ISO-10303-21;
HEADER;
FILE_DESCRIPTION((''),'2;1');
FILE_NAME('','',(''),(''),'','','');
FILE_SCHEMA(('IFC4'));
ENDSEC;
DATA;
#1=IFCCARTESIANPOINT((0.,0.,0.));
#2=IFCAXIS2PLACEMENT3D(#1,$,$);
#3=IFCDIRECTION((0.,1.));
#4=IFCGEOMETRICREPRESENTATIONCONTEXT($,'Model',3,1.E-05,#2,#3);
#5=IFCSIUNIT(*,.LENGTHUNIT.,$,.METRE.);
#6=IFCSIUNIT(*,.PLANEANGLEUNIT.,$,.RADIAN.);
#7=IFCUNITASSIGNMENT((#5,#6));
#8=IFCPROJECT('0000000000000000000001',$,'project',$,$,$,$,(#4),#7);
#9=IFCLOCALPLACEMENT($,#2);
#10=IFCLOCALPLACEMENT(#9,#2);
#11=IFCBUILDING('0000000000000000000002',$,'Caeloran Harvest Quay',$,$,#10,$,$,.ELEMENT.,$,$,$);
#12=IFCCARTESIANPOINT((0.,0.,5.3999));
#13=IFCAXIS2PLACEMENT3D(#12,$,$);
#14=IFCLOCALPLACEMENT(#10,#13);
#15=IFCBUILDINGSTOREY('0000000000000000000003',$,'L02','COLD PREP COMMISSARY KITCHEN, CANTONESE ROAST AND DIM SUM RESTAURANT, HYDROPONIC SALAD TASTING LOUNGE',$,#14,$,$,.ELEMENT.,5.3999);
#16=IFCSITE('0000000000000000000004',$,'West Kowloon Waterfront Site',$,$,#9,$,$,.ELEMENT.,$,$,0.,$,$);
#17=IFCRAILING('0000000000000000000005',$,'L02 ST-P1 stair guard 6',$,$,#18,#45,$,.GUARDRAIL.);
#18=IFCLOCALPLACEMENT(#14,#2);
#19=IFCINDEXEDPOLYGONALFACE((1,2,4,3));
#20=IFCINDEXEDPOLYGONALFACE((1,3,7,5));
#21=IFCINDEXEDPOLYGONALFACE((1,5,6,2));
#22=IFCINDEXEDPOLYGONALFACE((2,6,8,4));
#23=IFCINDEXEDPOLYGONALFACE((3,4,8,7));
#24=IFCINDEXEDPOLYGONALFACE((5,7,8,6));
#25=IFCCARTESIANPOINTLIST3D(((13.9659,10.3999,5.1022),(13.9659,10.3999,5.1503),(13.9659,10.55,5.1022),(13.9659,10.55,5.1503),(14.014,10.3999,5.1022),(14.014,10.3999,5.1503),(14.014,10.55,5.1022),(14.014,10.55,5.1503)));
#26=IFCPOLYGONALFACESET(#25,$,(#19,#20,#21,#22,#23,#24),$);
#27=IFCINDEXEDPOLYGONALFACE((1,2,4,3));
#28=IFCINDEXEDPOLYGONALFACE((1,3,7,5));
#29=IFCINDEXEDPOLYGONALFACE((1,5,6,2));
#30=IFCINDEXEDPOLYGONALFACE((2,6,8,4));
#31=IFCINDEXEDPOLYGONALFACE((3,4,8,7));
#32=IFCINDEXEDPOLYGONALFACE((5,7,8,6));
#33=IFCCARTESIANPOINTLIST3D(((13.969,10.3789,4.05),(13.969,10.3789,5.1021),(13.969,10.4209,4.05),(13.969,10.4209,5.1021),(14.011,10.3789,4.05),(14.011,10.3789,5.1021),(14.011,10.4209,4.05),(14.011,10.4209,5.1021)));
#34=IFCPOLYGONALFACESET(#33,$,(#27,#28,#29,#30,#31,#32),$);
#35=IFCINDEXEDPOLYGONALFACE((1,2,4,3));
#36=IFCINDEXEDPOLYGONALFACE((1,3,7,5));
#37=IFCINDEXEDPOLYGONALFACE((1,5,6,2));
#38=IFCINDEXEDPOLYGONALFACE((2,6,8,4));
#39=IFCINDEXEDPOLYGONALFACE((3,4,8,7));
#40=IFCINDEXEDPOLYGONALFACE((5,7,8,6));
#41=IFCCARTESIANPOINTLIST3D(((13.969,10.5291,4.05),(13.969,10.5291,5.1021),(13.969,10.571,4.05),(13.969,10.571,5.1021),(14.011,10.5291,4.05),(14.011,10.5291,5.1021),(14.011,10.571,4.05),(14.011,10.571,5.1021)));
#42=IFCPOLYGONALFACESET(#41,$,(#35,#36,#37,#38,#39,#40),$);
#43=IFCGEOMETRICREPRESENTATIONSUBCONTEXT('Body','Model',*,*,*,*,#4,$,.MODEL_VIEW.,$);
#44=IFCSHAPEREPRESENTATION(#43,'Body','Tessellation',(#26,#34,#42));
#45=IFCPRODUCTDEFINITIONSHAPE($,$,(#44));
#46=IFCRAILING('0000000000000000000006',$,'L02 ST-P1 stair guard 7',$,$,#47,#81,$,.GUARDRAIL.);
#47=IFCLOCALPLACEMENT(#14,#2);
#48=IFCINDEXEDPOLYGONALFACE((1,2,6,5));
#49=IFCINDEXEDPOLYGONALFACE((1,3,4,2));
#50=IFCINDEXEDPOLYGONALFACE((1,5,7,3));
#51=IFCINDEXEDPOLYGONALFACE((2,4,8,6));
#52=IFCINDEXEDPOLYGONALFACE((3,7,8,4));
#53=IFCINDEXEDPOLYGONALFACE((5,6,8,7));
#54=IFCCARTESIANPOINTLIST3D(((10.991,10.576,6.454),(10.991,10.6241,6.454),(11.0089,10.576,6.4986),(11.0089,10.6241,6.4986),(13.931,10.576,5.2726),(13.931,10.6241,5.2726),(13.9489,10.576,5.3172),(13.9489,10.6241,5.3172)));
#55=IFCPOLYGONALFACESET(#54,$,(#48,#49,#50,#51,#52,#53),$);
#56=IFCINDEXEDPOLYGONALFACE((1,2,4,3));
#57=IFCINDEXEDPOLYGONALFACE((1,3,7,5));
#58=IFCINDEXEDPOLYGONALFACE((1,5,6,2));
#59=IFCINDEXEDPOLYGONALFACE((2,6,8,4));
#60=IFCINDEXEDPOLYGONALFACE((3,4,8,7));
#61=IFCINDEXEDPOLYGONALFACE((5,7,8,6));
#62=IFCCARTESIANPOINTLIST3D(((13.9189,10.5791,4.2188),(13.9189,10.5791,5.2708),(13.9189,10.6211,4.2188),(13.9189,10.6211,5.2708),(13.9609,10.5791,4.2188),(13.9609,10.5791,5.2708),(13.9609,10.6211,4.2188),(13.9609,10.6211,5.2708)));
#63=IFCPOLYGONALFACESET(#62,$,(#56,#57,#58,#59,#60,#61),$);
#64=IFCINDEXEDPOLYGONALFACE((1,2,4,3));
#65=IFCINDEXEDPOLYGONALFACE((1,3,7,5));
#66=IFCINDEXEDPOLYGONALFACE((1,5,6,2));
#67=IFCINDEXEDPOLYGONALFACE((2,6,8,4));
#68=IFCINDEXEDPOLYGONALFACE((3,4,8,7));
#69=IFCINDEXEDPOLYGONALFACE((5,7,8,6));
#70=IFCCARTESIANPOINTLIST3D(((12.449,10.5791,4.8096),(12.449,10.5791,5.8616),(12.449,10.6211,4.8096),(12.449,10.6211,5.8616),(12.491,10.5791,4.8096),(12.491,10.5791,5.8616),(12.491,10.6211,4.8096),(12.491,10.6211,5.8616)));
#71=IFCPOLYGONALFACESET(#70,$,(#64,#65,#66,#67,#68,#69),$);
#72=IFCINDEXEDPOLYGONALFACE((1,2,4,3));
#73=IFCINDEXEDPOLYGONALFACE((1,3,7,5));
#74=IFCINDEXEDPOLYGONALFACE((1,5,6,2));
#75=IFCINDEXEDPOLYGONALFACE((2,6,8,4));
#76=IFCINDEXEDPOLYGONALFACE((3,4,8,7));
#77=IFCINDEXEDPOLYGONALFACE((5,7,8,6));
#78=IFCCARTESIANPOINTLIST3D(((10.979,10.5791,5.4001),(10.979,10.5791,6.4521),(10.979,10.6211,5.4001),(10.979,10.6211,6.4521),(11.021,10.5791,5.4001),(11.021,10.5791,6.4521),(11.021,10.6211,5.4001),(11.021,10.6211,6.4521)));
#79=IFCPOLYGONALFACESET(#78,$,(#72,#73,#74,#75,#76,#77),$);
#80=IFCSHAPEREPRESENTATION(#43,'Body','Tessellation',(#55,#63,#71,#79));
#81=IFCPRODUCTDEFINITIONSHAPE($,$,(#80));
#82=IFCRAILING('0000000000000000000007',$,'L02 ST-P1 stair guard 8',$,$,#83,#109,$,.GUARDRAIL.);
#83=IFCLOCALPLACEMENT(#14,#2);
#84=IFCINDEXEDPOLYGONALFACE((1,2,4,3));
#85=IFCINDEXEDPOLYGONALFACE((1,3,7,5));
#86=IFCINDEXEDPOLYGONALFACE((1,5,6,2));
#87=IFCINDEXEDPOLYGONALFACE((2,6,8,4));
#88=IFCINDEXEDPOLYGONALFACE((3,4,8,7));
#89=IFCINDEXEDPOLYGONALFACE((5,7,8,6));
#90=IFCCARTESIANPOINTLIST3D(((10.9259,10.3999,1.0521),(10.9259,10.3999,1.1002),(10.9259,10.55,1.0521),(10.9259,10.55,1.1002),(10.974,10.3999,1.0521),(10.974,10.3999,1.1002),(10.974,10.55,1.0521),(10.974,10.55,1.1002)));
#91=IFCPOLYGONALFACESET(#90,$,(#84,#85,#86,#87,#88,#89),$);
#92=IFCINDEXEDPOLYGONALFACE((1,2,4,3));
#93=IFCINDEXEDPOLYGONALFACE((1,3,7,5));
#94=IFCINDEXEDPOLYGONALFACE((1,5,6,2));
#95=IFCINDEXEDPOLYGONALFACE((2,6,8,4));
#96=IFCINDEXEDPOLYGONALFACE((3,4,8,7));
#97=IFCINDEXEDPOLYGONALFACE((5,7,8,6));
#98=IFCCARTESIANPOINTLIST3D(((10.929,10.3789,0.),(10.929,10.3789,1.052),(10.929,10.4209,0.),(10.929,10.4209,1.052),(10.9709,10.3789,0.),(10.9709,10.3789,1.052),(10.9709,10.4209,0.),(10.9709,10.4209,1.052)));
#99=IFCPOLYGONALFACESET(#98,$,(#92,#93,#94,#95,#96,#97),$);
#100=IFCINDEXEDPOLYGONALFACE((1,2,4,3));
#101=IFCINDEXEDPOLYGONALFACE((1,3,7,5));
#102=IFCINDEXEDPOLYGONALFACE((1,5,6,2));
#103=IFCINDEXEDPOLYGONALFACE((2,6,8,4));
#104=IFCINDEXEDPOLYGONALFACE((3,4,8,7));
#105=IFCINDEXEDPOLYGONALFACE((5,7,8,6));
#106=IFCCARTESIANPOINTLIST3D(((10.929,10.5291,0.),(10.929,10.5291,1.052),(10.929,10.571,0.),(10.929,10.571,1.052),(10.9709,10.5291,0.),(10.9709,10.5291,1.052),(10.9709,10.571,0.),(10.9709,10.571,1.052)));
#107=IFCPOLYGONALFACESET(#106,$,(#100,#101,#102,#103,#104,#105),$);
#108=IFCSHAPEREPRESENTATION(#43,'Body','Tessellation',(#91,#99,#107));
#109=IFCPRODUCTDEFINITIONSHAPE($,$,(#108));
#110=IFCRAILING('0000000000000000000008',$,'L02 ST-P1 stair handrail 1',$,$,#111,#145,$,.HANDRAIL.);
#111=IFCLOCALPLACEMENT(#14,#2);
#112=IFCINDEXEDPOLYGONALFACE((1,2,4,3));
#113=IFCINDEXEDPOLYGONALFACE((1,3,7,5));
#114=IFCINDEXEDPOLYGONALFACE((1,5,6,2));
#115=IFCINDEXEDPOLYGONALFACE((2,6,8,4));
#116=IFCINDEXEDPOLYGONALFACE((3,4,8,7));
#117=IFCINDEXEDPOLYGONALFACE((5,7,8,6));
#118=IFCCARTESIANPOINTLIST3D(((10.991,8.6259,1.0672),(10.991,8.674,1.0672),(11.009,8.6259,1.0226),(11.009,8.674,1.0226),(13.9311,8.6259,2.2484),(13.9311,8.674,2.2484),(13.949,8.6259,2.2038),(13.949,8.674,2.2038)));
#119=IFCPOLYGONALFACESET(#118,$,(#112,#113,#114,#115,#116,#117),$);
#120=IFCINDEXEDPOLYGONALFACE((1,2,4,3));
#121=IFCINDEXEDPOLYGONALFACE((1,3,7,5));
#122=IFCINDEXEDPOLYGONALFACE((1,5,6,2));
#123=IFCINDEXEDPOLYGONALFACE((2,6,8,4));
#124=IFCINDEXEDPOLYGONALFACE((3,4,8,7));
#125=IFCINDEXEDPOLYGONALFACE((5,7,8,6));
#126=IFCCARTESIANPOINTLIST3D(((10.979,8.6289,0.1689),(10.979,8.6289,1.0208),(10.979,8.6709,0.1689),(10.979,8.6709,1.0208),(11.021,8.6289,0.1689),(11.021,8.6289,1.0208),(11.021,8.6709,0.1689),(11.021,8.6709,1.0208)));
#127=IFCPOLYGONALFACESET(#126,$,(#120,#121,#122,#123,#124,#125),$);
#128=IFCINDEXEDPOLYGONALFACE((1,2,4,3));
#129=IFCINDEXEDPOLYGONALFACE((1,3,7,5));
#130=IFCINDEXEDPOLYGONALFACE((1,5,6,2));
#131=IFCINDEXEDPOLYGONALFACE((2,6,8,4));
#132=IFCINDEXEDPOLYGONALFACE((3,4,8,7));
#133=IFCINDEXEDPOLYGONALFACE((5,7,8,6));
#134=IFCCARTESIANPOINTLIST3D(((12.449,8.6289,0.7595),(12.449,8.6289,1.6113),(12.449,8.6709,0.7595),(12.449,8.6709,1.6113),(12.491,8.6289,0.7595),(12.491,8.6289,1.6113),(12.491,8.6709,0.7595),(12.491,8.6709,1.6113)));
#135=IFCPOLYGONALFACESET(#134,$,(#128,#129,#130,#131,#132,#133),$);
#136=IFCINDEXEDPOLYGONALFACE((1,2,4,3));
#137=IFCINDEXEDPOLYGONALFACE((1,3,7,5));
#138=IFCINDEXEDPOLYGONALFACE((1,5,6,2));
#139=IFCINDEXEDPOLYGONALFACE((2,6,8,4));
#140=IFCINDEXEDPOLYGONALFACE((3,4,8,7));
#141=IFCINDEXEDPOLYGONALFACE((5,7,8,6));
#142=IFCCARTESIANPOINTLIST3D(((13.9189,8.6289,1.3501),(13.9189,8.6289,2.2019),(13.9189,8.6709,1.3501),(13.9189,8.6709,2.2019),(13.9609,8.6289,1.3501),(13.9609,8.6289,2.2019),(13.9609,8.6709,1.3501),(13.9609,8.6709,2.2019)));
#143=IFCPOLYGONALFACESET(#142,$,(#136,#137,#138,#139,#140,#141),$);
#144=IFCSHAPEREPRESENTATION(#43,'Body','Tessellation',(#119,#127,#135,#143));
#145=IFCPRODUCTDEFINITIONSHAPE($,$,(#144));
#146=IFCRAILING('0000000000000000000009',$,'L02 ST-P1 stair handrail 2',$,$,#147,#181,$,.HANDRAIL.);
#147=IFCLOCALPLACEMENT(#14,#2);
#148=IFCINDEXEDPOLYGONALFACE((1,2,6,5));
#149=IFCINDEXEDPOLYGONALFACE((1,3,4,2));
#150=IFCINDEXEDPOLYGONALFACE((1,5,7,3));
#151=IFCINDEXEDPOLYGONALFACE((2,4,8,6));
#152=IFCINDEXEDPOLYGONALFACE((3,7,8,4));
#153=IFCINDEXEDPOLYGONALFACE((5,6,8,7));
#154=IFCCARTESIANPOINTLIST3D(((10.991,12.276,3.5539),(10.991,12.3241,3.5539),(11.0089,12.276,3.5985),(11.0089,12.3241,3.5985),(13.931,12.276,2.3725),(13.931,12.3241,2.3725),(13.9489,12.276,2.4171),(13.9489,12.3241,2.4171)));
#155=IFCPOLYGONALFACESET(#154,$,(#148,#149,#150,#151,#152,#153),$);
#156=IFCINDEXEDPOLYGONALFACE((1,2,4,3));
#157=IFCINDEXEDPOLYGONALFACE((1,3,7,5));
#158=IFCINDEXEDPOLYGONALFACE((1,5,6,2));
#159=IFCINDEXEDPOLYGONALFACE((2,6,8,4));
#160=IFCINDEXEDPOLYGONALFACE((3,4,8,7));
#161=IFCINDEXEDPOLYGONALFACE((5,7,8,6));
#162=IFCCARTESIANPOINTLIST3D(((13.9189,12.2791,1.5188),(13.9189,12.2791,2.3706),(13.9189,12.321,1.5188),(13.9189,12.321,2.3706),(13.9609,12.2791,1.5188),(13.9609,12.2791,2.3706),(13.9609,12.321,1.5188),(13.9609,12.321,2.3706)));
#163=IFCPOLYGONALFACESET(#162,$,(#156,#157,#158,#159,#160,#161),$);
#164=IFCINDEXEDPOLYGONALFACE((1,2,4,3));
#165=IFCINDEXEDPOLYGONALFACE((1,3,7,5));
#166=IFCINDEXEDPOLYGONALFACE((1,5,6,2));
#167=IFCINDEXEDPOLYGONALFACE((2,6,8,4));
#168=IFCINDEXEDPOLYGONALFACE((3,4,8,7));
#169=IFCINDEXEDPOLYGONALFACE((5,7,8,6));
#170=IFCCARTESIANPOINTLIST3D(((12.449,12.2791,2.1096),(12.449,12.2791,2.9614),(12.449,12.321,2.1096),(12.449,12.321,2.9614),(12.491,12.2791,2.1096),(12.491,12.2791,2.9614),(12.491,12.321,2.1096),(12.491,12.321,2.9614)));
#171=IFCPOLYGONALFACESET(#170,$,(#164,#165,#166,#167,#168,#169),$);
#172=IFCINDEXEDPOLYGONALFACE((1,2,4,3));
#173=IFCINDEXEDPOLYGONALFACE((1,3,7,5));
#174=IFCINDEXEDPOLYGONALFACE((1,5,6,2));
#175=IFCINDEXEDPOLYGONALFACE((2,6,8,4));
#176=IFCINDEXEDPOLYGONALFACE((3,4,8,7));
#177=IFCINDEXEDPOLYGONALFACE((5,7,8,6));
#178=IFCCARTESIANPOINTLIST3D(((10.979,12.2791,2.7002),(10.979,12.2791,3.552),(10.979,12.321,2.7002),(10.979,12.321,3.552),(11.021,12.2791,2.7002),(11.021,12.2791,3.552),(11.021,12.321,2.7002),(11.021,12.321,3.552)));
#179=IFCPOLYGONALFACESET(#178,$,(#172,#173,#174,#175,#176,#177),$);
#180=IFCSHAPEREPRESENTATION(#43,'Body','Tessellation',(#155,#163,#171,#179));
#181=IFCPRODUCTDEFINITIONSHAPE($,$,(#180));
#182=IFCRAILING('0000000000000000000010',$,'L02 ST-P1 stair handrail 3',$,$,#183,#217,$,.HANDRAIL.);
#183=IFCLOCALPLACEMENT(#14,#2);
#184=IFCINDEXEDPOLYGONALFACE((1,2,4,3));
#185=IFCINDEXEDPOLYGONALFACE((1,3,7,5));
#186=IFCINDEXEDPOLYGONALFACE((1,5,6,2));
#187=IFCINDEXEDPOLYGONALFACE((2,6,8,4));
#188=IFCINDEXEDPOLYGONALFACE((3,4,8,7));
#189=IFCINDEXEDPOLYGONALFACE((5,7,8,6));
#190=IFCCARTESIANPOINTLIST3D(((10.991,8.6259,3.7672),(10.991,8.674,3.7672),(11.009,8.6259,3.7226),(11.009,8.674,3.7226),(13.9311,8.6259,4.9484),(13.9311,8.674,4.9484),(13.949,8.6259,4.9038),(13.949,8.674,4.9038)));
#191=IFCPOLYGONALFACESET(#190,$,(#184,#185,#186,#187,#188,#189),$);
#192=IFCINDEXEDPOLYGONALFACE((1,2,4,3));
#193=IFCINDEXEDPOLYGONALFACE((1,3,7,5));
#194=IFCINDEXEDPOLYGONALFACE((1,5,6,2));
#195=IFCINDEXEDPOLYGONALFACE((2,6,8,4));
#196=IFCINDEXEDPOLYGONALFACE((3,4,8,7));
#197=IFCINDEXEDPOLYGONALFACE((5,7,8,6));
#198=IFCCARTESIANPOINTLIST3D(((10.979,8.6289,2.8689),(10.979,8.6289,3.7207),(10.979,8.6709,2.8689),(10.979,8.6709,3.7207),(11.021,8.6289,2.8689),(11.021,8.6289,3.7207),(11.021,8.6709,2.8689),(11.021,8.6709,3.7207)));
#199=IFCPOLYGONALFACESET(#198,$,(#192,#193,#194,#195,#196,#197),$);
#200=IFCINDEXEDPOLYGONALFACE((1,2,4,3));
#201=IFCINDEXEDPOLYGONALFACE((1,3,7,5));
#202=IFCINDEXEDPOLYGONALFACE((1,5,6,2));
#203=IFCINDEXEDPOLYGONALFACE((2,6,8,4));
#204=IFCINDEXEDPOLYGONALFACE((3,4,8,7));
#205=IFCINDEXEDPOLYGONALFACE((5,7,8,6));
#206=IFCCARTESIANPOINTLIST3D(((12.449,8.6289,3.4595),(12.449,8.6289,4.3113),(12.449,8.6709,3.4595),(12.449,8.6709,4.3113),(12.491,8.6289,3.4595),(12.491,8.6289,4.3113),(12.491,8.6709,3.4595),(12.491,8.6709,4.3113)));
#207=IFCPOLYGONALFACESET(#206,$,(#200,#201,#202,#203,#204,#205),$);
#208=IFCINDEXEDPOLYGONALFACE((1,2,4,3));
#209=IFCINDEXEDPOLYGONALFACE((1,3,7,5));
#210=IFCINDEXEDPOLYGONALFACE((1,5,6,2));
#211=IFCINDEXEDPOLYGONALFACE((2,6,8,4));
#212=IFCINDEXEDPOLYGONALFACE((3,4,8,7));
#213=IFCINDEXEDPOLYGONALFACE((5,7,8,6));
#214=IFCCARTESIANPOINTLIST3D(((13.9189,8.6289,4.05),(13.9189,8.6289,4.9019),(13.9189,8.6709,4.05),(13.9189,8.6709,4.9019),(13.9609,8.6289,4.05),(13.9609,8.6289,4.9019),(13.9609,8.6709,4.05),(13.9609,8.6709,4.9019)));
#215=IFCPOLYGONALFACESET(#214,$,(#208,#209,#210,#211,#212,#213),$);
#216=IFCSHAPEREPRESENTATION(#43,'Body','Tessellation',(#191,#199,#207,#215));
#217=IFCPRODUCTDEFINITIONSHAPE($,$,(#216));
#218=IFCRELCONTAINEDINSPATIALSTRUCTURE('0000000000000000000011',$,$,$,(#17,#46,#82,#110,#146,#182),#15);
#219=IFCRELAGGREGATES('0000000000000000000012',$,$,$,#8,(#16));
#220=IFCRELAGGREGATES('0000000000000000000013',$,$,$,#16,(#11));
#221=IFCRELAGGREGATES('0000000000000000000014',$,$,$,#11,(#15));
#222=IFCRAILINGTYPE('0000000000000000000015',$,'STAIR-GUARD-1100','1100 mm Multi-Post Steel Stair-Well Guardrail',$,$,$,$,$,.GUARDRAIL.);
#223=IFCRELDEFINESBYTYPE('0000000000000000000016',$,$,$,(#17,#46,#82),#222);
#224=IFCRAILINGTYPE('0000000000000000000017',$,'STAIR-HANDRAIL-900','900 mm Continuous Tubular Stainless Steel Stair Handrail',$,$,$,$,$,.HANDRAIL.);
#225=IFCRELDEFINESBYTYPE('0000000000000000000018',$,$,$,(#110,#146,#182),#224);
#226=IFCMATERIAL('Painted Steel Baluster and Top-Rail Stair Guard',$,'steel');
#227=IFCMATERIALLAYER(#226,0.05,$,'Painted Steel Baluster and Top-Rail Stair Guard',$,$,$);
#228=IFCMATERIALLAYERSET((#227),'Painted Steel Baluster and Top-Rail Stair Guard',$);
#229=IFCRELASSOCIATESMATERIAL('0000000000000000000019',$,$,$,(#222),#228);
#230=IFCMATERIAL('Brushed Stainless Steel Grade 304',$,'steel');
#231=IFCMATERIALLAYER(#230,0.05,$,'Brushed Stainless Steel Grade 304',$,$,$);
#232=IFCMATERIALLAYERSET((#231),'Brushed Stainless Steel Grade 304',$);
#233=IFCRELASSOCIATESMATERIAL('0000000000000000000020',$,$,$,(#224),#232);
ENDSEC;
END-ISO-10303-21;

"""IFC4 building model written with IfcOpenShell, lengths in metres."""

from ifc_helpers import new_model, si_unit, direction, frame, origin, origin_2d, place, context, subcontext, project, spatial, rectangle, extrude, material, layer, layer_set, type_object, element, save


model = new_model("IFC4")

# Units and contexts
model_context = context("Model", 3, precision=1e-05, world=origin(), true_north=direction((0.0, 1.0)))
body_context = subcontext(model_context, "Body", "Model", "MODEL_VIEW")
ifc_project = project(units=[si_unit("LENGTHUNIT", "METRE"), si_unit("PLANEANGLEUNIT", "RADIAN")], contexts=[model_context])

# Site, building, storey
site_placement = place(None, origin())
site = spatial("IfcSite", under=ifc_project, at=site_placement, Name="West Kowloon Waterfront Site", CompositionType="ELEMENT", RefElevation=0.0)
building_placement = place(site_placement, origin())
building = spatial("IfcBuilding", under=site, at=building_placement, Name="Caeloran Harvest Quay", CompositionType="ELEMENT")
storey_placement = place(building_placement, frame((0.0, 0.0, 5.3999)))
storey = spatial("IfcBuildingStorey", under=building, at=storey_placement, Name="L02", Description="COLD PREP COMMISSARY KITCHEN, CANTONESE ROAST AND DIM SUM RESTAURANT, HYDROPONIC SALAD TASTING LOUNGE", CompositionType="ELEMENT", Elevation=5.3999)

# Railings
ifc_material_1 = material(Name="Painted Steel Baluster and Top-Rail Stair Guard", Category="steel")
ifc_layer_1 = layer(ifc_material_1, 0.05, Name="Painted Steel Baluster and Top-Rail Stair Guard")
ifc_layer_set_1 = layer_set([ifc_layer_1], Name="Painted Steel Baluster and Top-Rail Stair Guard")
railing_type_1 = type_object("IfcRailingType", Name="STAIR-GUARD-1100", Description="1100 mm Multi-Post Steel Stair-Well Guardrail", PredefinedType="GUARDRAIL", material=ifc_layer_set_1)
railing_1_placement = place(storey_placement, frame((13.99, 10.3999, 4.05)))
element("IfcRailing", 1, at=railing_1_placement, inside=storey, type_object=railing_type_1, Name="L02 ST-P1 stair guard 6", PredefinedType="GUARDRAIL", context=body_context, shape_type="SweptSolid", body=[
    extrude(rectangle(XDim=0.0481, YDim=0.0481, at=origin_2d()), frame((0.0, 0.0, 1.0762), z_axis=(0.0, 1.0, 0.0), x_axis=(-1.0, 0.0, 0.0)), (0.0, 0.0, 1.0), 0.1501),
    extrude(rectangle(XDim=0.042, YDim=0.042, at=origin_2d()), origin(), (0.0, 0.0, 1.0), 1.052),
    extrude(rectangle(XDim=0.042, YDim=0.042, at=origin_2d()), frame((0.0, 0.1501, 0.0)), (0.0, 0.0, 1.0), 1.052),
])
railing_2_placement = place(storey_placement, frame((13.9399, 10.6001, 4.2188)))
element("IfcRailing", 2, at=railing_2_placement, inside=storey, type_object=railing_type_1, Name="L02 ST-P1 stair guard 7", PredefinedType="GUARDRAIL", context=body_context, shape_type="SweptSolid", body=[
    extrude(rectangle(XDim=0.0481, YDim=0.0481, at=origin_2d()), frame((0.0, 0.0, 1.0762), z_axis=(-0.927886, 0.0, 0.372865), x_axis=(0.0, -1.0, 0.0)), (0.0, 0.0, 1.0), 3.1685),
    extrude(rectangle(XDim=0.042, YDim=0.042, at=origin_2d()), origin(), (0.0, 0.0, 1.0), 1.052),
    extrude(rectangle(XDim=0.042, YDim=0.042, at=origin_2d()), frame((-1.47, 0.0, 0.5908)), (0.0, 0.0, 1.0), 1.052),
    extrude(rectangle(XDim=0.042, YDim=0.042, at=origin_2d()), frame((-2.9399, 0.0, 1.1814)), (0.0, 0.0, 1.0), 1.052),
])
railing_3_placement = place(storey_placement, frame((10.95, 10.3999, 0.0)))
element("IfcRailing", 3, at=railing_3_placement, inside=storey, type_object=railing_type_1, Name="L02 ST-P1 stair guard 8", PredefinedType="GUARDRAIL", context=body_context, shape_type="SweptSolid", body=[
    extrude(rectangle(XDim=0.0481, YDim=0.0481, at=origin_2d()), frame((0.0, 0.0, 1.0762), z_axis=(0.0, 1.0, 0.0), x_axis=(-1.0, 0.0, 0.0)), (0.0, 0.0, 1.0), 0.1501),
    extrude(rectangle(XDim=0.042, YDim=0.042, at=origin_2d()), origin(), (0.0, 0.0, 1.0), 1.052),
    extrude(rectangle(XDim=0.042, YDim=0.042, at=origin_2d()), frame((0.0, 0.1501, 0.0)), (0.0, 0.0, 1.0), 1.052),
])
ifc_material_2 = material(Name="Brushed Stainless Steel Grade 304", Category="steel")
ifc_layer_2 = layer(ifc_material_2, 0.05, Name="Brushed Stainless Steel Grade 304")
ifc_layer_set_2 = layer_set([ifc_layer_2], Name="Brushed Stainless Steel Grade 304")
railing_type_2 = type_object("IfcRailingType", Name="STAIR-HANDRAIL-900", Description="900 mm Continuous Tubular Stainless Steel Stair Handrail", PredefinedType="HANDRAIL", material=ifc_layer_set_2)
railing_4_placement = place(storey_placement, frame((11.0, 8.6499, 0.1689)))
element("IfcRailing", 4, at=railing_4_placement, inside=storey, type_object=railing_type_2, Name="L02 ST-P1 stair handrail 1", PredefinedType="HANDRAIL", context=body_context, shape_type="SweptSolid", body=[
    extrude(rectangle(XDim=0.0481, YDim=0.0481, at=origin_2d()), frame((0.0, 0.0, 0.876), z_axis=(0.927912, 0.0, 0.372799), x_axis=(0.0, 1.0, 0.0)), (0.0, 0.0, 1.0), 3.1685),
    extrude(rectangle(XDim=0.042, YDim=0.042, at=origin_2d()), origin(), (0.0, 0.0, 1.0), 0.8518),
    extrude(rectangle(XDim=0.042, YDim=0.042, at=origin_2d()), frame((1.47, 0.0, 0.5906)), (0.0, 0.0, 1.0), 0.8518),
    extrude(rectangle(XDim=0.042, YDim=0.042, at=origin_2d()), frame((2.9399, 0.0, 1.1812)), (0.0, 0.0, 1.0), 0.8518),
])
railing_5_placement = place(storey_placement, frame((13.9399, 12.3, 1.5188)))
element("IfcRailing", 5, at=railing_5_placement, inside=storey, type_object=railing_type_2, Name="L02 ST-P1 stair handrail 2", PredefinedType="HANDRAIL", context=body_context, shape_type="SweptSolid", body=[
    extrude(rectangle(XDim=0.0481, YDim=0.0481, at=origin_2d()), frame((0.0, 0.0, 0.876), z_axis=(-0.927886, 0.0, 0.372865), x_axis=(0.0, -1.0, 0.0)), (0.0, 0.0, 1.0), 3.1685),
    extrude(rectangle(XDim=0.042, YDim=0.042, at=origin_2d()), origin(), (0.0, 0.0, 1.0), 0.8518),
    extrude(rectangle(XDim=0.042, YDim=0.042, at=origin_2d()), frame((-1.47, 0.0, 0.5908)), (0.0, 0.0, 1.0), 0.8518),
    extrude(rectangle(XDim=0.042, YDim=0.042, at=origin_2d()), frame((-2.9399, 0.0, 1.1814)), (0.0, 0.0, 1.0), 0.8518),
])
railing_6_placement = place(storey_placement, frame((11.0, 8.6499, 2.8689)))
element("IfcRailing", 6, at=railing_6_placement, inside=storey, type_object=railing_type_2, Name="L02 ST-P1 stair handrail 3", PredefinedType="HANDRAIL", context=body_context, shape_type="SweptSolid", body=[
    extrude(rectangle(XDim=0.0481, YDim=0.0481, at=origin_2d()), frame((0.0, 0.0, 0.876), z_axis=(0.927912, 0.0, 0.372799), x_axis=(0.0, 1.0, 0.0)), (0.0, 0.0, 1.0), 3.1685),
    extrude(rectangle(XDim=0.042, YDim=0.042, at=origin_2d()), origin(), (0.0, 0.0, 1.0), 0.8518),
    extrude(rectangle(XDim=0.042, YDim=0.042, at=origin_2d()), frame((1.47, 0.0, 0.5906)), (0.0, 0.0, 1.0), 0.8518),
    extrude(rectangle(XDim=0.042, YDim=0.042, at=origin_2d()), frame((2.9399, 0.0, 1.1812)), (0.0, 0.0, 1.0), 0.8518),
])

save(model, "model.ifc")
